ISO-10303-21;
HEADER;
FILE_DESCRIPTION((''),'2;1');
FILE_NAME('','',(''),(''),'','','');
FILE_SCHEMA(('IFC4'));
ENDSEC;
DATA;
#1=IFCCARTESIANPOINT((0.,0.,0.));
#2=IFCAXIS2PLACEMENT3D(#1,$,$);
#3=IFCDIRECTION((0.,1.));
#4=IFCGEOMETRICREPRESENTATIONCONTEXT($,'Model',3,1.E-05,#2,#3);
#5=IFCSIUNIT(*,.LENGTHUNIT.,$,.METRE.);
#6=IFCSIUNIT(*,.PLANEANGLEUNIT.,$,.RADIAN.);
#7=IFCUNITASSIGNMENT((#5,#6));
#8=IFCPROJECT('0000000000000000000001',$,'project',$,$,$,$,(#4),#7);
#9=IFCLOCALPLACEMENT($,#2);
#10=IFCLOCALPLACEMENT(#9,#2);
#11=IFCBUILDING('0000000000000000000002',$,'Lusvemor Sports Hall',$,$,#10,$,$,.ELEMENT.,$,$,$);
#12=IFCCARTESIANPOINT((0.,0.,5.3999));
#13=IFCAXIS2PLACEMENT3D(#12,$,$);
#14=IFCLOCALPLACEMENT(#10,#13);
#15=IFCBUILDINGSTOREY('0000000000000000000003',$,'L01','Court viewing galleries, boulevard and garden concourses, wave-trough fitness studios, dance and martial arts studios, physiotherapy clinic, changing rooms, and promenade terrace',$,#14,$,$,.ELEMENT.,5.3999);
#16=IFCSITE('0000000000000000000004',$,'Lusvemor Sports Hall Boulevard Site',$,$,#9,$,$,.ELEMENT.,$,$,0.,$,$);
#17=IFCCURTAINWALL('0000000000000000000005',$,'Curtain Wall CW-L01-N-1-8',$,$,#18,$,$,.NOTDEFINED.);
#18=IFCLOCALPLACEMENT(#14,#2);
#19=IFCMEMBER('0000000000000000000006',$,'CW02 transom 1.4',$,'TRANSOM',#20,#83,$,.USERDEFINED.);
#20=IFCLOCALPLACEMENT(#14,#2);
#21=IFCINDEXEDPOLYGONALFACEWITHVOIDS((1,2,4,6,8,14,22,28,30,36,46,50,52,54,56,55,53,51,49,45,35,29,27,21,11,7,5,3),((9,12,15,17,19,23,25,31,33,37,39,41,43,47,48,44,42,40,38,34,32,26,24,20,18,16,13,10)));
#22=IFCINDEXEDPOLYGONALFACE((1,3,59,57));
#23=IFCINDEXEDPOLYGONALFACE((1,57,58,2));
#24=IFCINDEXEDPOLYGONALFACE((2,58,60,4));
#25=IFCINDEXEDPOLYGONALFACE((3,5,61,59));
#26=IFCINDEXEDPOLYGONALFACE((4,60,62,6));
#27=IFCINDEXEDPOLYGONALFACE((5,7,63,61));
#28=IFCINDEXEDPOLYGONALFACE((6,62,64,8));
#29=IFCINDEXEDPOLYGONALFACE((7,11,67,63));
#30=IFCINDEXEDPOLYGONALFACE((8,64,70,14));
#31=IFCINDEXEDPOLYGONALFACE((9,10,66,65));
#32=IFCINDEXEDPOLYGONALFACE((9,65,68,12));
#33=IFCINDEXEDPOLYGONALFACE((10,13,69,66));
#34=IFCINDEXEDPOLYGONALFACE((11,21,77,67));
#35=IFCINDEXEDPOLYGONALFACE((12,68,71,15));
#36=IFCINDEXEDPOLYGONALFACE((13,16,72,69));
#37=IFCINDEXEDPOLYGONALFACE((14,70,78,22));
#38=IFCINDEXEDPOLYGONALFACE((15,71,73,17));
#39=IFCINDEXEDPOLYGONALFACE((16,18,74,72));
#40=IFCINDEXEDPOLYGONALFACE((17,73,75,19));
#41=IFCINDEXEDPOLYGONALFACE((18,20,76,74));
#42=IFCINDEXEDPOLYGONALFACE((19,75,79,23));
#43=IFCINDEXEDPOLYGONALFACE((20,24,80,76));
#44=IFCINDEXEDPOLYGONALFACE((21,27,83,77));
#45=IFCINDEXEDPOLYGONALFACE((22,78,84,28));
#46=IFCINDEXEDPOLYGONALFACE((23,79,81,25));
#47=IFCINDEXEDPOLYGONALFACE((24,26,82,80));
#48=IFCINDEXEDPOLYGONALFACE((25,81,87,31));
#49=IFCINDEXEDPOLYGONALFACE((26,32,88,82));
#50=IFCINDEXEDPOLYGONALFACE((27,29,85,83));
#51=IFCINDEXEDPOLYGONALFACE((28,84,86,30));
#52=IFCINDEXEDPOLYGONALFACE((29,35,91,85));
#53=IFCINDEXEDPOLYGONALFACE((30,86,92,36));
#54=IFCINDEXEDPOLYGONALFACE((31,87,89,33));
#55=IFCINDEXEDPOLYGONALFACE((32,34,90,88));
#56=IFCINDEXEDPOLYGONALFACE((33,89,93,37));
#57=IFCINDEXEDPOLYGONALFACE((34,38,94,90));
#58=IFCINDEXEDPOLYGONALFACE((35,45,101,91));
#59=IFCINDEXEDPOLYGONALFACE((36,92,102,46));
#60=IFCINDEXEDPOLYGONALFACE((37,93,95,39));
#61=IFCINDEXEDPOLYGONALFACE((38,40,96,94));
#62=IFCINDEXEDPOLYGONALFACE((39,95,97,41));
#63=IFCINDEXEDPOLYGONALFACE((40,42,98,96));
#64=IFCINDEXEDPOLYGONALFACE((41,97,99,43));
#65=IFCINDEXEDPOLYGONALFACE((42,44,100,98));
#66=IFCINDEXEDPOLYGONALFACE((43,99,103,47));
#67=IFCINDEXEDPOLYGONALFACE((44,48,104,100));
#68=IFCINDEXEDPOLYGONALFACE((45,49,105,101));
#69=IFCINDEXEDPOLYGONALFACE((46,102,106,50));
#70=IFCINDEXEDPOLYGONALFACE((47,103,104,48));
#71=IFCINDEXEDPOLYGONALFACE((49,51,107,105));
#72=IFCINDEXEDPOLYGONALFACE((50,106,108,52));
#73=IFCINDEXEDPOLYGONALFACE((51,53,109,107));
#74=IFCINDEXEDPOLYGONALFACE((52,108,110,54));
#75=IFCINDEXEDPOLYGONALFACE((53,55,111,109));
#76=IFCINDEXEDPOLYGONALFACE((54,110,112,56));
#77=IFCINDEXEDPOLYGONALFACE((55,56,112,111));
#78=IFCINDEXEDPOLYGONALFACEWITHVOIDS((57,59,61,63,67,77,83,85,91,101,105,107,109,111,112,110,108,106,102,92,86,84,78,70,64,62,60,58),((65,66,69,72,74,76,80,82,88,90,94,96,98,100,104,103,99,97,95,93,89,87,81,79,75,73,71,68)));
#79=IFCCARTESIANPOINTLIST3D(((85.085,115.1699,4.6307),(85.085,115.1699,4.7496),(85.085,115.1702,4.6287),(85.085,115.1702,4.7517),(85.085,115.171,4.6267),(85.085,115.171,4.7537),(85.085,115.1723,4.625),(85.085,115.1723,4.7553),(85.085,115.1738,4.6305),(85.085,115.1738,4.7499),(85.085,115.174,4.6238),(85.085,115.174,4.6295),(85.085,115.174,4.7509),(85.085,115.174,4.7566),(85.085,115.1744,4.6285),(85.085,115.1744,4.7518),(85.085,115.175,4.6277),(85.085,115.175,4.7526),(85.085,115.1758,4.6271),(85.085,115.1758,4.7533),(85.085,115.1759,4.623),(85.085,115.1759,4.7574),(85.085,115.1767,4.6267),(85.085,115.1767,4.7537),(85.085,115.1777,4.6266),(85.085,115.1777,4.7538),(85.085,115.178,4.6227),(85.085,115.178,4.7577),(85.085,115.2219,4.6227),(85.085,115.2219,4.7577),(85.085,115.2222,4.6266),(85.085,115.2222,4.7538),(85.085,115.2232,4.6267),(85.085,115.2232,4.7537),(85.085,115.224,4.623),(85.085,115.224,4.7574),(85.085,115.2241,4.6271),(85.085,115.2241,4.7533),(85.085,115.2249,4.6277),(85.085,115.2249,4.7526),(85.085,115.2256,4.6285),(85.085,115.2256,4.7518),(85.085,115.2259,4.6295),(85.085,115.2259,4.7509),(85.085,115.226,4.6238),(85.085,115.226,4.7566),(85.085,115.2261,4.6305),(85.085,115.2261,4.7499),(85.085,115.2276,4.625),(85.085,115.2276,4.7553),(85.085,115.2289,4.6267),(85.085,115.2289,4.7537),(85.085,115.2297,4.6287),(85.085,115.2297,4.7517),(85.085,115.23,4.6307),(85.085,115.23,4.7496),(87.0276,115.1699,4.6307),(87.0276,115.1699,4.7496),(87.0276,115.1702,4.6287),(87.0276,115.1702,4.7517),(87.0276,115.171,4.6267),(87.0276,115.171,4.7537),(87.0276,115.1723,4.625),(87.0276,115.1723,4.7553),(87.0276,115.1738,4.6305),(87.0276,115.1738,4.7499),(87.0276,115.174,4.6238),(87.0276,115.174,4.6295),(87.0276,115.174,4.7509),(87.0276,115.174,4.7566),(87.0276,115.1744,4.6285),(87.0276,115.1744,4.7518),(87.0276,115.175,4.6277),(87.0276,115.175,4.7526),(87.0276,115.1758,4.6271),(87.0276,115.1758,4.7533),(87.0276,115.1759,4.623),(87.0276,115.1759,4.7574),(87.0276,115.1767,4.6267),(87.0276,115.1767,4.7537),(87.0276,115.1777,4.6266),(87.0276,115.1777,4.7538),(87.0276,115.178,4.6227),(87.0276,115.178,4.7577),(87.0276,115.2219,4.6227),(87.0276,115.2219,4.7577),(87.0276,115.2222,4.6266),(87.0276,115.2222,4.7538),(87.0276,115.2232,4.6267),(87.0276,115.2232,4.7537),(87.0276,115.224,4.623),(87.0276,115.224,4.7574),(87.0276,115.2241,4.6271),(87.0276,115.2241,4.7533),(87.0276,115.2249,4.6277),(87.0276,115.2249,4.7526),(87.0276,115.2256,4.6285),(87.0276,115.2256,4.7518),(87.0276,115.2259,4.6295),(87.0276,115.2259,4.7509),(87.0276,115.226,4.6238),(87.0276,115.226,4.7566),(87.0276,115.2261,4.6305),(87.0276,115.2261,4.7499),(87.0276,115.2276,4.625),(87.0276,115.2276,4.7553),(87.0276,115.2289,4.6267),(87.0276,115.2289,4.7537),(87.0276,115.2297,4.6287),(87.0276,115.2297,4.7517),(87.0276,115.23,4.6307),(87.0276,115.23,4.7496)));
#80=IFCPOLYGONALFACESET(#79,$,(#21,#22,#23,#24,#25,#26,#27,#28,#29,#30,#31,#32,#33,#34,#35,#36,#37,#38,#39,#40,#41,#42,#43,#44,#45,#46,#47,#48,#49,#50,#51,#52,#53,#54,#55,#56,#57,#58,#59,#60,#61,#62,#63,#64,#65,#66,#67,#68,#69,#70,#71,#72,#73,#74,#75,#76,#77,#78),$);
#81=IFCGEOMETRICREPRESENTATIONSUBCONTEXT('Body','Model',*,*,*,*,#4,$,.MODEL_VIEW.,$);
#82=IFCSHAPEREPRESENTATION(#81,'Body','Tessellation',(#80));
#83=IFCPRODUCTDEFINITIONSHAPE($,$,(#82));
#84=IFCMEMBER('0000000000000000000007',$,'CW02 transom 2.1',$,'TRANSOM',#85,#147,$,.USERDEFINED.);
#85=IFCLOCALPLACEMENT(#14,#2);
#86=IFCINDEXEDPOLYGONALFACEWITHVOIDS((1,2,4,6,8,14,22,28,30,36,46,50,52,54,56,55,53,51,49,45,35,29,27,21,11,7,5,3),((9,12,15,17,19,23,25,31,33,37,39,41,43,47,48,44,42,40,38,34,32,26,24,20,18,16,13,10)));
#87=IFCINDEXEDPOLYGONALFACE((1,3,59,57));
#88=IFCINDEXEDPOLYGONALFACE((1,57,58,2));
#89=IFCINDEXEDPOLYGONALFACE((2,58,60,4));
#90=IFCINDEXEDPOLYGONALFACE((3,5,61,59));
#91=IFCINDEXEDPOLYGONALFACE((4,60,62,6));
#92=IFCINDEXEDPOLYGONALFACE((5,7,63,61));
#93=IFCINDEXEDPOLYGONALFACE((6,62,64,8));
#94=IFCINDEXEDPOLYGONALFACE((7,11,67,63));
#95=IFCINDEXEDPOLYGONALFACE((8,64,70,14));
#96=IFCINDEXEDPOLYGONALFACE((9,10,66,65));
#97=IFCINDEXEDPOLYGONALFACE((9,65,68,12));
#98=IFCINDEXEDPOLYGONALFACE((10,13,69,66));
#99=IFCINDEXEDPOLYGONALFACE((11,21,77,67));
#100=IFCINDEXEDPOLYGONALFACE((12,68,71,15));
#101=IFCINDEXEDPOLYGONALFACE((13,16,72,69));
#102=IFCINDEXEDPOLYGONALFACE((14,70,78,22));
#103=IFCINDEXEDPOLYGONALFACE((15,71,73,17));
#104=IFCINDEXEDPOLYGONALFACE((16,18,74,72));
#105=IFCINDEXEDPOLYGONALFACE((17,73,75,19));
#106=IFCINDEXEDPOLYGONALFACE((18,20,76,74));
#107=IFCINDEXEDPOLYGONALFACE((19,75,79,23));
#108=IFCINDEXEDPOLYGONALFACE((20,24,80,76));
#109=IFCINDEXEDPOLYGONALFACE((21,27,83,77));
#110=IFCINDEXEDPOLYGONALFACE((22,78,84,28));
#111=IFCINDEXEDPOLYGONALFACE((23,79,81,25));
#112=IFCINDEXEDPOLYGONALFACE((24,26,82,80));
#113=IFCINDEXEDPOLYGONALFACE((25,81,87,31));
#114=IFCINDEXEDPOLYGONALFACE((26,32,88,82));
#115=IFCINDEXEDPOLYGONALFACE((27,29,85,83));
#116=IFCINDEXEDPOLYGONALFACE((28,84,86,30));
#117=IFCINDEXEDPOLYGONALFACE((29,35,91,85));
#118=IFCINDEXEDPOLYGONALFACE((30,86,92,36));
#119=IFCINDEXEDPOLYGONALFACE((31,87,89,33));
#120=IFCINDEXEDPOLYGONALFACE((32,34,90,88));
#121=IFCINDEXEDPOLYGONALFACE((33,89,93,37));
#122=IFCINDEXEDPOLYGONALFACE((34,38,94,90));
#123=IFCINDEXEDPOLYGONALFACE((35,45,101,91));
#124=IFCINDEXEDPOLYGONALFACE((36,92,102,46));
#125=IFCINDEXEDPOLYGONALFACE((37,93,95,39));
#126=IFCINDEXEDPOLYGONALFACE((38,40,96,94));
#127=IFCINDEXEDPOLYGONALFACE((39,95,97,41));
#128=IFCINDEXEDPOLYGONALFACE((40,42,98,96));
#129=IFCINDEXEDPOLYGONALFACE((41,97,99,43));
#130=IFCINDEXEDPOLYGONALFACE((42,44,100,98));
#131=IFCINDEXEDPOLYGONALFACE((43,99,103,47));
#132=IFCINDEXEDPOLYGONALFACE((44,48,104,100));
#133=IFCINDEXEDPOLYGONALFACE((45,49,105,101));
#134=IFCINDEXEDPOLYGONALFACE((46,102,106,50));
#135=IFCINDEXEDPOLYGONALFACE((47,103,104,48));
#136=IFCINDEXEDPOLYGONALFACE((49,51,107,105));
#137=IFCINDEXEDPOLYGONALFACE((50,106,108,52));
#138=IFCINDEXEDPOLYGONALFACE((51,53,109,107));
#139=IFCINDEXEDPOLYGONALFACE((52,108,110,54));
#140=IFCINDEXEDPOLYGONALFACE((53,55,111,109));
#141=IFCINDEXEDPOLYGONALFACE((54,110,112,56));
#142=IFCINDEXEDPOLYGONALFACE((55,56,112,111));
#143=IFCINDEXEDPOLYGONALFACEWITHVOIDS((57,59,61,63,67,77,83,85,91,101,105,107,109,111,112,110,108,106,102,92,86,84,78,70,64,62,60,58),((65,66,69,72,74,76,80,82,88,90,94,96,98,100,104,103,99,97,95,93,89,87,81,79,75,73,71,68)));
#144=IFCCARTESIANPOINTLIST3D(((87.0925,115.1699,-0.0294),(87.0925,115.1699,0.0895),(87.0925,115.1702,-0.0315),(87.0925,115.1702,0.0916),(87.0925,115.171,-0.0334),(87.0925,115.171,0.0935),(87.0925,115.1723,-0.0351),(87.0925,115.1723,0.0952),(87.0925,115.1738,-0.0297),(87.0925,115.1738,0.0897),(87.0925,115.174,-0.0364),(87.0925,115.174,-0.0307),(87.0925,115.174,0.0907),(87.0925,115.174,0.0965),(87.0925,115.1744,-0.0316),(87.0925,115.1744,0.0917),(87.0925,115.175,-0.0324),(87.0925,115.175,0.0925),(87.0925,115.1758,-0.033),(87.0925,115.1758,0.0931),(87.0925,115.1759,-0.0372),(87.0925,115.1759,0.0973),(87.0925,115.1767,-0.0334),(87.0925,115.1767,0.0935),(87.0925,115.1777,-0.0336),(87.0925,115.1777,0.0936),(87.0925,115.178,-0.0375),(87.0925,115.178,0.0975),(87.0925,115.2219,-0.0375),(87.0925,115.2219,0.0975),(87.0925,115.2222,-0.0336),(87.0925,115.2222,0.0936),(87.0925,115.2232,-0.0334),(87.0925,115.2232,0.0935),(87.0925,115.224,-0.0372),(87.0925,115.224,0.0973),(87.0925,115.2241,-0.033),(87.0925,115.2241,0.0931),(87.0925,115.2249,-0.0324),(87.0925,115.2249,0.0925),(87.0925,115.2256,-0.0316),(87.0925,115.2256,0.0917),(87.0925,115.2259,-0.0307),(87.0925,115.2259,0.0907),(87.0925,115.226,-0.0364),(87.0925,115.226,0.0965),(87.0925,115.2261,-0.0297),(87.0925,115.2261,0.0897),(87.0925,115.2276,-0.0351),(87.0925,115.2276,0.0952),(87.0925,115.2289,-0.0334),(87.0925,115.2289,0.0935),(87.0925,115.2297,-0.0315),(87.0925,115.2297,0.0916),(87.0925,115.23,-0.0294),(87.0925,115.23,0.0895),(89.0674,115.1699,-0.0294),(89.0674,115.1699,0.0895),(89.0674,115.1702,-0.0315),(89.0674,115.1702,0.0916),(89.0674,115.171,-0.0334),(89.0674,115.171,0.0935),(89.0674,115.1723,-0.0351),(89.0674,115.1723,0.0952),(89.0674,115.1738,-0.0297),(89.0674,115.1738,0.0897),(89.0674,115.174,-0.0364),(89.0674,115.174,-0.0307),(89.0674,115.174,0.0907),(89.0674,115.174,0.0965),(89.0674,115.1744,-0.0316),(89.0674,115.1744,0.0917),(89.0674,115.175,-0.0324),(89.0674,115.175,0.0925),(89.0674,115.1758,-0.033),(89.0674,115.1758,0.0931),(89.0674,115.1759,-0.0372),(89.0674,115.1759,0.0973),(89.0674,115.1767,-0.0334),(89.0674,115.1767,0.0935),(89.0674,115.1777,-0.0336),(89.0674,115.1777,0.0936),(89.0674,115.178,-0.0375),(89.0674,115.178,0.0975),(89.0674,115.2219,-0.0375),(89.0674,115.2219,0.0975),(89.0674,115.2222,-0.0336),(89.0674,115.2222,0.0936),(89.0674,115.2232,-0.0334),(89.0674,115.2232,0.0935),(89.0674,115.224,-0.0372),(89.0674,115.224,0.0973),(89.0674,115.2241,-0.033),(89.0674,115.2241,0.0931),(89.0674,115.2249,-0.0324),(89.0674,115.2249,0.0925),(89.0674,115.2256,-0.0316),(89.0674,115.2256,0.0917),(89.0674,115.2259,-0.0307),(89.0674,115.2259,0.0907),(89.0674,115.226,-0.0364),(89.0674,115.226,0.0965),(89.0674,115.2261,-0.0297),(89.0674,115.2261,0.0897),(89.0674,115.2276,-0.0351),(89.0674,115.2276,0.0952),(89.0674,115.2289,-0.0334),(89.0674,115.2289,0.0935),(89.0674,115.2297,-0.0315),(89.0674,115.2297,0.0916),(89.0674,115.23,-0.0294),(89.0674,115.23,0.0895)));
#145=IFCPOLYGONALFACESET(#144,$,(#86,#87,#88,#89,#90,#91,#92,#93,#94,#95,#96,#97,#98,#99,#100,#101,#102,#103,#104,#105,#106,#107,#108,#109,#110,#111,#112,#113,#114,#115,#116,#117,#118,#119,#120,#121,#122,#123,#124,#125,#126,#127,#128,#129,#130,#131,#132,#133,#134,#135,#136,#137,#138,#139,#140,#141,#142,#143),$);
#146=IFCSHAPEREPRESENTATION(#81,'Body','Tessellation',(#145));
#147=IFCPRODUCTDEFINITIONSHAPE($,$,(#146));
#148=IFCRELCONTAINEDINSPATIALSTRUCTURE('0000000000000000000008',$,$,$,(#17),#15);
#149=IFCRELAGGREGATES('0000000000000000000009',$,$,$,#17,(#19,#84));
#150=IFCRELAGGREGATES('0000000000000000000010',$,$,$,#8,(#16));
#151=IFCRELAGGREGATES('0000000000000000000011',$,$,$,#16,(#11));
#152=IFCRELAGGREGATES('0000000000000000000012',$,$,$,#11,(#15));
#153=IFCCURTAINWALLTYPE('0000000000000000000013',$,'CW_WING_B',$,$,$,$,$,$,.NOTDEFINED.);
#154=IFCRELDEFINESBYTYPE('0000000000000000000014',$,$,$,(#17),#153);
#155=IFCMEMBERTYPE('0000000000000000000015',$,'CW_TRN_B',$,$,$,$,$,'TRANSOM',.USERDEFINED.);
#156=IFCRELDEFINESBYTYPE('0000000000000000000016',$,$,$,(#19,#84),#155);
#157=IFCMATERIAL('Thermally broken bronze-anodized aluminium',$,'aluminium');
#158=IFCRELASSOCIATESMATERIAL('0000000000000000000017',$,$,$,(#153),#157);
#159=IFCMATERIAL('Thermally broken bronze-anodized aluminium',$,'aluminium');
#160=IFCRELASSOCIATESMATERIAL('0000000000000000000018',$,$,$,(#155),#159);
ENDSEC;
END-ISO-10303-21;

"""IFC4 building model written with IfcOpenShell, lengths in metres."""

from ifc_helpers import new_model, si_unit, direction, frame, origin, origin_2d, place, context, subcontext, project, spatial, hollow_rectangle, extrude, material, material_profile, profile_set, type_object, element, aggregate, save


model = new_model("IFC4")

# Units and contexts
model_context = context("Model", 3, precision=1e-05, world=origin(), true_north=direction((0.0, 1.0)))
body_context = subcontext(model_context, "Body", "Model", "MODEL_VIEW")
ifc_project = project(units=[si_unit("LENGTHUNIT", "METRE"), si_unit("PLANEANGLEUNIT", "RADIAN")], contexts=[model_context])

# Site, building, storey
site_placement = place(None, origin())
site = spatial("IfcSite", under=ifc_project, at=site_placement, Name="Lusvemor Sports Hall Boulevard Site", CompositionType="ELEMENT", RefElevation=0.0)
building_placement = place(site_placement, origin())
building = spatial("IfcBuilding", under=site, at=building_placement, Name="Lusvemor Sports Hall", CompositionType="ELEMENT")
storey_placement = place(building_placement, frame((0.0, 0.0, 5.3999)))
storey = spatial("IfcBuildingStorey", under=building, at=storey_placement, Name="L01", Description="Court viewing galleries, boulevard and garden concourses, wave-trough fitness studios, dance and martial arts studios, physiotherapy clinic, changing rooms, and promenade terrace", CompositionType="ELEMENT", Elevation=5.3999)

# Curtain wall, members
ifc_material_1 = material(Name="Thermally broken bronze-anodized aluminium", Category="aluminium")
curtain_wall_type = type_object("IfcCurtainWallType", Name="CW_WING_B", PredefinedType="NOTDEFINED", material=ifc_material_1)
curtain_wall_placement = place(storey_placement, origin())
curtain_wall = element("IfcCurtainWall", 1, at=curtain_wall_placement, inside=storey, type_object=curtain_wall_type, Name="Curtain Wall CW-L01-N-1-8", PredefinedType="NOTDEFINED")
ifc_material_2 = material(Name="Thermally broken bronze-anodized aluminium", Category="aluminium")
ifc_material_profile_1 = material_profile(ifc_material_2, hollow_rectangle(XDim=0.0601, YDim=0.135, WallThickness=0.0039, InnerFilletRadius=0.0039, OuterFilletRadius=0.0081, at=origin_2d()), Name="CWTRN135x60x4")
ifc_profile_set_1 = profile_set([ifc_material_profile_1], Name="Thermally broken bronze-anodized aluminium")
member_type_1 = type_object("IfcMemberType", Name="CW_TRN_B", ElementType="TRANSOM", PredefinedType="USERDEFINED", material=ifc_profile_set_1)
member_1_placement = place(storey_placement, frame((85.085, 115.2, 4.6902), z_axis=(1.0, 0.0, 0.0), x_axis=(0.0, 1.0, 0.0)))
member_1 = element("IfcMember", 2, at=member_1_placement, type_object=member_type_1, Name="CW02 transom 1.4", ObjectType="TRANSOM", PredefinedType="USERDEFINED", context=body_context, shape_type="SweptSolid", body=[
    extrude(hollow_rectangle(XDim=0.0601, YDim=0.135, WallThickness=0.0039, InnerFilletRadius=0.0039, OuterFilletRadius=0.0081, at=origin_2d()), origin(), (0.0, 0.0, 1.0), 1.9426),
])
member_2_placement = place(storey_placement, frame((87.0925, 115.2, 0.03), z_axis=(1.0, 0.0, 0.0), x_axis=(0.0, 1.0, 0.0)))
member_2 = element("IfcMember", 3, at=member_2_placement, type_object=member_type_1, Name="CW02 transom 2.1", ObjectType="TRANSOM", PredefinedType="USERDEFINED", context=body_context, shape_type="SweptSolid", body=[
    extrude(hollow_rectangle(XDim=0.0601, YDim=0.135, WallThickness=0.0039, InnerFilletRadius=0.0039, OuterFilletRadius=0.0081, at=origin_2d()), origin(), (0.0, 0.0, 1.0), 1.9749),
])

aggregate(curtain_wall, [member_1, member_2])

save(model, "model.ifc")
